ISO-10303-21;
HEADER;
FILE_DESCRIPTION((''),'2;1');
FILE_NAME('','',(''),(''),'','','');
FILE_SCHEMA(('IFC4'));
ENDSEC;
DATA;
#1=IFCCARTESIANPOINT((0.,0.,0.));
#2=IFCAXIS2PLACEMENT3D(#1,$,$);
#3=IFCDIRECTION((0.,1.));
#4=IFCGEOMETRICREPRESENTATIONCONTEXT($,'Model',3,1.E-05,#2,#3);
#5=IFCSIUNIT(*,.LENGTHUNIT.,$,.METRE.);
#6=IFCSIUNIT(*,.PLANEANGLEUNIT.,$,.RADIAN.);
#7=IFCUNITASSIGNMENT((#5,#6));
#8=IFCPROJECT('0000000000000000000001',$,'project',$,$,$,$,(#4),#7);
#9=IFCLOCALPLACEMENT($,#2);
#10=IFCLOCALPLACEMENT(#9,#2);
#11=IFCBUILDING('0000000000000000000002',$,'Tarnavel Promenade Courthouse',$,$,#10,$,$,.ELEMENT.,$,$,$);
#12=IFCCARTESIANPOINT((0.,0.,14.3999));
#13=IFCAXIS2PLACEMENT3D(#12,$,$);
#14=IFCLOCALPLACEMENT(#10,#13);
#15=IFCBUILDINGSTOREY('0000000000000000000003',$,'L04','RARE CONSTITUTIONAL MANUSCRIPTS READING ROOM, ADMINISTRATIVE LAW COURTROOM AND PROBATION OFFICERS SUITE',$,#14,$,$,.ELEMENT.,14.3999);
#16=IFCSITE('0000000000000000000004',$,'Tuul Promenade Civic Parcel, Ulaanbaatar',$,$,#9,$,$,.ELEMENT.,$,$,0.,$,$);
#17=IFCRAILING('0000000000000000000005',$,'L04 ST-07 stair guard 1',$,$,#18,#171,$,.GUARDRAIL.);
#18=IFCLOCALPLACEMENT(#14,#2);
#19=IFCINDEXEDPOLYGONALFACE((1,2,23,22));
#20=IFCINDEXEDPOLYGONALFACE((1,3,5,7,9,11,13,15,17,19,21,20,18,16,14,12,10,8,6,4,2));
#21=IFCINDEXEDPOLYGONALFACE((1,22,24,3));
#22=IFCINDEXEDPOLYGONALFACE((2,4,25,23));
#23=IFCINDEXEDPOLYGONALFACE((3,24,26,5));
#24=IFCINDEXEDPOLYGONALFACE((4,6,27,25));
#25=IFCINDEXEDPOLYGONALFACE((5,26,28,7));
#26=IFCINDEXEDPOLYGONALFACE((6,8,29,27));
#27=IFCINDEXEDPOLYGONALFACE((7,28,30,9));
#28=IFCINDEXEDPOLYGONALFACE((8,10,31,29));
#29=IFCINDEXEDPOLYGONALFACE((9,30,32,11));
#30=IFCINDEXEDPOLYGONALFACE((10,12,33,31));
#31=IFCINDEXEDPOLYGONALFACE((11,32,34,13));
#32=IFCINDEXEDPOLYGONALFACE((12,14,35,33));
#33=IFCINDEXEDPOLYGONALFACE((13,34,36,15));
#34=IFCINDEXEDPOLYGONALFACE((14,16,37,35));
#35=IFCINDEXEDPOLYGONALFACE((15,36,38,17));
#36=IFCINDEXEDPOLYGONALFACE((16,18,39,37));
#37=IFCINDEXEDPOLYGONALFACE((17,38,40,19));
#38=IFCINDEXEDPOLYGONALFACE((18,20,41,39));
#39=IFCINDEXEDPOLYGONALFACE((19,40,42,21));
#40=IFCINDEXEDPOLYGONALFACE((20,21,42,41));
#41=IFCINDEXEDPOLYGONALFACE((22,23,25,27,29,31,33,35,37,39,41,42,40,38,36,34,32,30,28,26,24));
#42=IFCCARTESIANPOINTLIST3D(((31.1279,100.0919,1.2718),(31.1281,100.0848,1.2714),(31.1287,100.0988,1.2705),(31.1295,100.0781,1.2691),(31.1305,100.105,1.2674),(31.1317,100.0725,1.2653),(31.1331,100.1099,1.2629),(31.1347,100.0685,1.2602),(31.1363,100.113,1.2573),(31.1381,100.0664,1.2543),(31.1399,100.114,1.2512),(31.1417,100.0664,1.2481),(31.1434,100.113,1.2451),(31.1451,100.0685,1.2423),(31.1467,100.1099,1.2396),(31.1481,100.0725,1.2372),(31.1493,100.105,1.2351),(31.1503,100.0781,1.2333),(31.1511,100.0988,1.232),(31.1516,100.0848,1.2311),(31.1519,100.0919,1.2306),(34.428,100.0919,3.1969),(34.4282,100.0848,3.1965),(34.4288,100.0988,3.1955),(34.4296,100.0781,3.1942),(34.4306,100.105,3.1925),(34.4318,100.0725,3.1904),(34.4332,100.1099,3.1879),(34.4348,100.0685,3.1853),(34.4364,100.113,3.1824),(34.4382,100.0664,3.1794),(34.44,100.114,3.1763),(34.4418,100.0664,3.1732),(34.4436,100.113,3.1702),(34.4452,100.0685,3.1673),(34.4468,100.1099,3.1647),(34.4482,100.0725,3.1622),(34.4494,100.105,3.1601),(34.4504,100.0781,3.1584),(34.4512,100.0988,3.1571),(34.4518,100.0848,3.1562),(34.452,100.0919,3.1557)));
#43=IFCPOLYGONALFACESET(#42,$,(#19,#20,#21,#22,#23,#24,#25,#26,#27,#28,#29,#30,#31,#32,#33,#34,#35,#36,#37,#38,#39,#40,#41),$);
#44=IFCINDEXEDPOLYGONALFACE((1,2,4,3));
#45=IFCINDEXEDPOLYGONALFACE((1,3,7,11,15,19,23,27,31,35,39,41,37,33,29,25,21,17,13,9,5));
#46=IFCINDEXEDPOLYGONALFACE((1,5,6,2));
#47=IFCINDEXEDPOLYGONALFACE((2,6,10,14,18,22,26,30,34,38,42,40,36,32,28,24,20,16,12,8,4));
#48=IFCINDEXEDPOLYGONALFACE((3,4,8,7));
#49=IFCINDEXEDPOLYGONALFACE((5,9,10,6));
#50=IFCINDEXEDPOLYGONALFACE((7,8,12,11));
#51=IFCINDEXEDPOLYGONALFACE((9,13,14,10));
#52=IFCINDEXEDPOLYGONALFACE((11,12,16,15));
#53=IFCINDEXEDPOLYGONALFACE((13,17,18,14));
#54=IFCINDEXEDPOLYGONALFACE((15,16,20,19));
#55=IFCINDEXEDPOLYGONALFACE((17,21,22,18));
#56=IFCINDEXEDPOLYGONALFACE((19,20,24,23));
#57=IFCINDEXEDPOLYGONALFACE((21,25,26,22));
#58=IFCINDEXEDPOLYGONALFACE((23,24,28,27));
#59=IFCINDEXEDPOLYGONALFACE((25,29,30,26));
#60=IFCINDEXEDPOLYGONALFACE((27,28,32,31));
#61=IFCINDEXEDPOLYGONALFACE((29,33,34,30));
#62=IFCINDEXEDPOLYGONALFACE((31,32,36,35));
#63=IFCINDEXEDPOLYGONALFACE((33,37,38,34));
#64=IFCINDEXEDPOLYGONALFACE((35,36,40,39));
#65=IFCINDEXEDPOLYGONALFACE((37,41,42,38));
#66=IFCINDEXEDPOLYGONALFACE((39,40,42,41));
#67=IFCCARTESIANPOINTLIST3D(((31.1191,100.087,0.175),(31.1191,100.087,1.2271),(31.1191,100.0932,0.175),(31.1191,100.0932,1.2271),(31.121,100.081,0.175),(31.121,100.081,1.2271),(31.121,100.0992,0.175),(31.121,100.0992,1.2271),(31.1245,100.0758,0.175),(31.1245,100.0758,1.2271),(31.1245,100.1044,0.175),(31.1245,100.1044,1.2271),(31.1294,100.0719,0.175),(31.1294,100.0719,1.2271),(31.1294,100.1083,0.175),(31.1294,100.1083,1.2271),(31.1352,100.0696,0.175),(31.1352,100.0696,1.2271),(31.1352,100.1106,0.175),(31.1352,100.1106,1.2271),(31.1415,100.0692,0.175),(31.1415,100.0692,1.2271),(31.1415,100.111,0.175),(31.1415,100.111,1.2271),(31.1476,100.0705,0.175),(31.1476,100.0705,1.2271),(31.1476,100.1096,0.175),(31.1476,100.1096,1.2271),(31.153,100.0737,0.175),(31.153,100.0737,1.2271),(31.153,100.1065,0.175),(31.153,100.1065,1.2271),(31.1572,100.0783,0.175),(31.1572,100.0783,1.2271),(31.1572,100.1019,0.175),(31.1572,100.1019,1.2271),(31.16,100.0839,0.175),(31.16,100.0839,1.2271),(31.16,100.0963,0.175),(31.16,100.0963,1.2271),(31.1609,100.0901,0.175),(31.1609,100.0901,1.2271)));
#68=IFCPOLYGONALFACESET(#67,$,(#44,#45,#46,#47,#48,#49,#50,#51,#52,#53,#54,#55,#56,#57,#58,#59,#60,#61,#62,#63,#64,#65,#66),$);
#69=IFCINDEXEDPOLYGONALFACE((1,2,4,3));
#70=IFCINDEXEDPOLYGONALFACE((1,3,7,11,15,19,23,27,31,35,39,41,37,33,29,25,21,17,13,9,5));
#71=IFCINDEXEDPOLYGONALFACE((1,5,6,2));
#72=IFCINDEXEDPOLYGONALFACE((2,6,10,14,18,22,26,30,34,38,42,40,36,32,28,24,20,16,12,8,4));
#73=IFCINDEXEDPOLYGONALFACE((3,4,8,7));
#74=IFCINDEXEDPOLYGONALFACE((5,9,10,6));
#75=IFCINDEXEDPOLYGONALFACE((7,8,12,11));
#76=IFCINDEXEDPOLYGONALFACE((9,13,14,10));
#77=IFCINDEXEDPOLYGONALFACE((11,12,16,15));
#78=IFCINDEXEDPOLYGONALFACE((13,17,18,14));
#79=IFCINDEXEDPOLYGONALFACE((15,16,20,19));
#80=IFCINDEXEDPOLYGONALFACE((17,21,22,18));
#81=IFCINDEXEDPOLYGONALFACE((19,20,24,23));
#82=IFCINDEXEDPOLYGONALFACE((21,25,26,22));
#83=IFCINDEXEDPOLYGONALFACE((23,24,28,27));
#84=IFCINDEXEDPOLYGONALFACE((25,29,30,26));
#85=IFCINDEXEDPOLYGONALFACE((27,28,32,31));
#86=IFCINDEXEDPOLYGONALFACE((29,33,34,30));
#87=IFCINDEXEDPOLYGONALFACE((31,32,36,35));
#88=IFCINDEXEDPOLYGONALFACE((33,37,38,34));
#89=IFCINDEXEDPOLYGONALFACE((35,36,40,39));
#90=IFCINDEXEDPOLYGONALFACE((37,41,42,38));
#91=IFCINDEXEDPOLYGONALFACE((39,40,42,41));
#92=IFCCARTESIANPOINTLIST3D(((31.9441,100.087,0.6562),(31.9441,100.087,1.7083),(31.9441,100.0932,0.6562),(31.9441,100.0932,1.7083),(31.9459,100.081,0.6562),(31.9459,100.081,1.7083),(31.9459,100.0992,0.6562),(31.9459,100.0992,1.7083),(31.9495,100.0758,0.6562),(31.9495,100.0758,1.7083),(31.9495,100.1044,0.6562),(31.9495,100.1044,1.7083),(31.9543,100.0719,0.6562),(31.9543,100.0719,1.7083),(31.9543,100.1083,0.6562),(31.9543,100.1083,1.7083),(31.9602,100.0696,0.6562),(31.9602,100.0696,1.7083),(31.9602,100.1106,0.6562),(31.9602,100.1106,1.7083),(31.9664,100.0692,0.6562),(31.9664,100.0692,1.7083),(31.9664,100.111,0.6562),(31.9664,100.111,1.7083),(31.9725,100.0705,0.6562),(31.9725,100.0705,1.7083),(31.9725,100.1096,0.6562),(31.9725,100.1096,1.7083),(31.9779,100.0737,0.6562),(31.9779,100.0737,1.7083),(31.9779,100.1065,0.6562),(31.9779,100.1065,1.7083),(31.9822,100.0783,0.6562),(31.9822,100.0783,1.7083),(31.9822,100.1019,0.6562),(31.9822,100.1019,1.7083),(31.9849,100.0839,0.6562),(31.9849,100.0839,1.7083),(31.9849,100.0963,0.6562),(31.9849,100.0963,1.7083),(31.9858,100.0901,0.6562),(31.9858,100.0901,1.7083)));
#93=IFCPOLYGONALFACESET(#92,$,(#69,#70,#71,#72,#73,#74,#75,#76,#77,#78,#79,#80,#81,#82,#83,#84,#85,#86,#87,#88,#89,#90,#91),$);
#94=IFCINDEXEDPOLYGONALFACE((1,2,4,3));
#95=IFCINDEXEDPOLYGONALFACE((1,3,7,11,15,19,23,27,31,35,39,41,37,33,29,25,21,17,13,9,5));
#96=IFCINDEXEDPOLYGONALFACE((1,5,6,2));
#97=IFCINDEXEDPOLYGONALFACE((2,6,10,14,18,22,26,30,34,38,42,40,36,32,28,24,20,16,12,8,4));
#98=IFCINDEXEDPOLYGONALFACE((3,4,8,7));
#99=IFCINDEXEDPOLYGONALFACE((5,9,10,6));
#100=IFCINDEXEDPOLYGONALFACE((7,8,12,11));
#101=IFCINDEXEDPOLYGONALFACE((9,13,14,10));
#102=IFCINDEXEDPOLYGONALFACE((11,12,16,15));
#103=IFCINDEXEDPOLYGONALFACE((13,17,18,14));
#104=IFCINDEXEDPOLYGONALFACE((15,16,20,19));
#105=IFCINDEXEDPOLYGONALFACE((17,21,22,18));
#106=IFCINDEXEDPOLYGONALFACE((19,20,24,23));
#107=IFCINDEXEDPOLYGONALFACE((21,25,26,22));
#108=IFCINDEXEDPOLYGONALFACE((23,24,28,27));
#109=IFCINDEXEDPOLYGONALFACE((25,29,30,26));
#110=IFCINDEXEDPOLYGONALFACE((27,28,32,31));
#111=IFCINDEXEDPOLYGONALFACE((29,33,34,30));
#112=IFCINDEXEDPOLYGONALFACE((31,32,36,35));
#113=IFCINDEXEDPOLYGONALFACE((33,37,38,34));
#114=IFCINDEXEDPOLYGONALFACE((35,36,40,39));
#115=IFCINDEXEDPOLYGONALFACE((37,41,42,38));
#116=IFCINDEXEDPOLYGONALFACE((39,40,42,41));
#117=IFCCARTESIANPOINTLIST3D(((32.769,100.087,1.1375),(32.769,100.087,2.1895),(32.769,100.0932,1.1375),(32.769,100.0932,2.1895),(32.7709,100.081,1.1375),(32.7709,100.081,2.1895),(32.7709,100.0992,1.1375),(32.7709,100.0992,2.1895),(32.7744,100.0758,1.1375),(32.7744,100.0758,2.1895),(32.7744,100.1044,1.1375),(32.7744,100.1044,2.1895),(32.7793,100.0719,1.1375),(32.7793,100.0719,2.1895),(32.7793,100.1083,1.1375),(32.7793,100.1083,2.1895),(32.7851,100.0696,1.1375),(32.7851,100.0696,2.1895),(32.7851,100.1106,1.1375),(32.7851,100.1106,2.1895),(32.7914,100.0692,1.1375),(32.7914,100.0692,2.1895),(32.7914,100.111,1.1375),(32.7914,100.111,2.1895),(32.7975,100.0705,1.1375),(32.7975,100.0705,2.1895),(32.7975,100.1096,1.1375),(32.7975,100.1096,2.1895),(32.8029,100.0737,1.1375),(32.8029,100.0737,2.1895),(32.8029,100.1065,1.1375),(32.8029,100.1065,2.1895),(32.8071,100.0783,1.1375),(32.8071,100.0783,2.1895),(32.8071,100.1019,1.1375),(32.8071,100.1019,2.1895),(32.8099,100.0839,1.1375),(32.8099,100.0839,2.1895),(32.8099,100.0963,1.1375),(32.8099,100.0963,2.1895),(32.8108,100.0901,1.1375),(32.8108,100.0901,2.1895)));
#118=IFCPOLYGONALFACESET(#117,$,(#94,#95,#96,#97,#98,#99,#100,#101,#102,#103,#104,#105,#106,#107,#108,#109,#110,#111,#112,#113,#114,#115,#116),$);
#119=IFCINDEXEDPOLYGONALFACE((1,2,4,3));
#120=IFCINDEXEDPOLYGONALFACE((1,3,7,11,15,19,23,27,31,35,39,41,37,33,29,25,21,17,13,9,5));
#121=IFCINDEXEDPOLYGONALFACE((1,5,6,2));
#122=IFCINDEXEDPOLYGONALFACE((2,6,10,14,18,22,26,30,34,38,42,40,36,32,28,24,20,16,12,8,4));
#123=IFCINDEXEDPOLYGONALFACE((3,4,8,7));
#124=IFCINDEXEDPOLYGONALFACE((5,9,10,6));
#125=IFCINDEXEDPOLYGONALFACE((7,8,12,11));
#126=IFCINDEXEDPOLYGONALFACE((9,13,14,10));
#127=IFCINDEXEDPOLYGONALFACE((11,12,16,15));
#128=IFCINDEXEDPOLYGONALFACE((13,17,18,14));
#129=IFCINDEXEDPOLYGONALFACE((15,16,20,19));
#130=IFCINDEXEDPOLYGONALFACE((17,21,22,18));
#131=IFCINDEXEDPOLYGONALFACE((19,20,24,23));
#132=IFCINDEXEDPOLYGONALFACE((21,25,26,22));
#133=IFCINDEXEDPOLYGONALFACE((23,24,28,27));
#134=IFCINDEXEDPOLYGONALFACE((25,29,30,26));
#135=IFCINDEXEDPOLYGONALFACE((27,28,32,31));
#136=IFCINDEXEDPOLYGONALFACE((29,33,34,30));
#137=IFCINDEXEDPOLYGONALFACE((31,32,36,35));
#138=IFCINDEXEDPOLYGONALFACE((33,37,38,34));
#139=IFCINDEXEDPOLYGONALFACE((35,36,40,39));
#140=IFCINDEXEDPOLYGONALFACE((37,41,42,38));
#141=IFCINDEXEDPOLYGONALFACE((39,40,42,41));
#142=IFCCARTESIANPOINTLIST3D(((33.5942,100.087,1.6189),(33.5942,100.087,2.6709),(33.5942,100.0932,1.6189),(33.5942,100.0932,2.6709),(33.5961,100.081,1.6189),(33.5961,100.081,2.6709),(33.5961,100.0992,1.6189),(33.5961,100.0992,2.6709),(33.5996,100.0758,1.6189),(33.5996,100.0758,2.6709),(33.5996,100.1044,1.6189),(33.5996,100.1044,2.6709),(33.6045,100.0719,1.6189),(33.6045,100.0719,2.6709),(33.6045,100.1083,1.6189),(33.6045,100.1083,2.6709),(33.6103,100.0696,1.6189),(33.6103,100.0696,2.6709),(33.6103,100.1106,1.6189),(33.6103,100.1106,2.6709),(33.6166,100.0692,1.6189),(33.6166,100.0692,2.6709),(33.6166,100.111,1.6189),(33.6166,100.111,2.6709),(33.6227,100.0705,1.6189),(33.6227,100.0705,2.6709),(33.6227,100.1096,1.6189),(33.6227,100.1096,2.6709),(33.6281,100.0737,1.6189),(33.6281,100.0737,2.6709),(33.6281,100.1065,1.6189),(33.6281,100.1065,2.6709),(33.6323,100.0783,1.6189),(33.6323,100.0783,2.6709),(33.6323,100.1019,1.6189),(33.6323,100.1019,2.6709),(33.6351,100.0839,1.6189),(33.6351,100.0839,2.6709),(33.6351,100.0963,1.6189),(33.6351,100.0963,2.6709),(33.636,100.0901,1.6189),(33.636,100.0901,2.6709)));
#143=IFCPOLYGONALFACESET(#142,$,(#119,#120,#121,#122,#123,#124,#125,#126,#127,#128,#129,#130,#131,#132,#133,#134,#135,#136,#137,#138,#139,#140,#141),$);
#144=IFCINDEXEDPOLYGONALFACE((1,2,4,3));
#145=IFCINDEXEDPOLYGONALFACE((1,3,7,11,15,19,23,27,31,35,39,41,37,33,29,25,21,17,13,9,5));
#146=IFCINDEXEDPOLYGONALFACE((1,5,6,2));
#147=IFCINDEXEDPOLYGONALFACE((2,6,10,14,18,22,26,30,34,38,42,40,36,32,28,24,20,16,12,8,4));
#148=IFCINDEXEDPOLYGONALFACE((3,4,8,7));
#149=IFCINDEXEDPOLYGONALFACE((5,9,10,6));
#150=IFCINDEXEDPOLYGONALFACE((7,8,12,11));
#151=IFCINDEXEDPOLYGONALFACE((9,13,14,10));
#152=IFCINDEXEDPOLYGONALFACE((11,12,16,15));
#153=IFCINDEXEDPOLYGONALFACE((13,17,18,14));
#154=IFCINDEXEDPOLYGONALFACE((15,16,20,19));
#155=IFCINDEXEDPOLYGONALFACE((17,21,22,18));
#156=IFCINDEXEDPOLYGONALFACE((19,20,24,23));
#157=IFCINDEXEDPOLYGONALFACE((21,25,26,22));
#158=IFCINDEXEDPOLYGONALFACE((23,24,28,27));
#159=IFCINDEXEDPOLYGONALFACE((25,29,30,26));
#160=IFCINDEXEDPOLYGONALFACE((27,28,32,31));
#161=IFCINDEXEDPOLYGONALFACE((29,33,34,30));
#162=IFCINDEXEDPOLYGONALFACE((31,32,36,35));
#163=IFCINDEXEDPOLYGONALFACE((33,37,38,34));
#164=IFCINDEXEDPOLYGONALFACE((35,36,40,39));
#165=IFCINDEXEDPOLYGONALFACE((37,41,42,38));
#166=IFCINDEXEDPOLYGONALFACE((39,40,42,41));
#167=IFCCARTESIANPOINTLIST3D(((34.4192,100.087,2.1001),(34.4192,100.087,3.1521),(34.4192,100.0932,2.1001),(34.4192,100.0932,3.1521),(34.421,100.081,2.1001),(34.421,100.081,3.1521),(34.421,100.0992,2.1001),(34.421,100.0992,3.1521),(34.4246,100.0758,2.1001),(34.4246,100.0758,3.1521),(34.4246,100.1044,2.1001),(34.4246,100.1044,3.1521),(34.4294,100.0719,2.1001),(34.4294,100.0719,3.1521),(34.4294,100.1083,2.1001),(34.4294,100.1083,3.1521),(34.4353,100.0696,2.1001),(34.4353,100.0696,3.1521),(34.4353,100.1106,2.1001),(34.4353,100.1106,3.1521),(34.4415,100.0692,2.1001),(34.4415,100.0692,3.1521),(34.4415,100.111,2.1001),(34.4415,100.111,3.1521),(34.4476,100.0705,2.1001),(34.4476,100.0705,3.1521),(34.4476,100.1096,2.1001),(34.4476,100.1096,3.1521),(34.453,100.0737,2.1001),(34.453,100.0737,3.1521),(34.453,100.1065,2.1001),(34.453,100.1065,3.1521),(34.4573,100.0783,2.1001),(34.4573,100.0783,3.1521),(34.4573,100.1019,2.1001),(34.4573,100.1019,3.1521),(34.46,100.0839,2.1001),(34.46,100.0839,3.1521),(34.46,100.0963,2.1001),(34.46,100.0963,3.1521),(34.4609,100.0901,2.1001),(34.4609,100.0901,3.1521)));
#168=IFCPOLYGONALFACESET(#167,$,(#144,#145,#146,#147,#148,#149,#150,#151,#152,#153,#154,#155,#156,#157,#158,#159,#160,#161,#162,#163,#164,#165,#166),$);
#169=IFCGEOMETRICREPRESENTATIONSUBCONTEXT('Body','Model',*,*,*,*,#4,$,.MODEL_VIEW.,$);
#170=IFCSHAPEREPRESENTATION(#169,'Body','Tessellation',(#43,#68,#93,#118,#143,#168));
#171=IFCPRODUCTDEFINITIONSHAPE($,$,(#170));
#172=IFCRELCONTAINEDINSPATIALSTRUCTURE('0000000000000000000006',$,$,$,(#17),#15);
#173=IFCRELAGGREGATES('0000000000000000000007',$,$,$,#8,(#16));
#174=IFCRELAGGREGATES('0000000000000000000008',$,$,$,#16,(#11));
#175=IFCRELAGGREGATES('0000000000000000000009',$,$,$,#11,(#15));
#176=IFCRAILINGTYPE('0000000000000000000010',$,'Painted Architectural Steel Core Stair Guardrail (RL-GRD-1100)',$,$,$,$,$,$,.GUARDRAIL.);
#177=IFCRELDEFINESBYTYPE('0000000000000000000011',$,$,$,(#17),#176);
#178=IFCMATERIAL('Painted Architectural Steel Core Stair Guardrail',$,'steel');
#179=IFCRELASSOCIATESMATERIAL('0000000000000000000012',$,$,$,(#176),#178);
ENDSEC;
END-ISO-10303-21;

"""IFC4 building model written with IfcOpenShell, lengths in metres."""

from ifc_helpers import new_model, si_unit, direction, frame, origin, origin_2d, place, context, subcontext, project, spatial, circle, extrude, material, type_object, element, save


model = new_model("IFC4")

# Units and contexts
model_context = context("Model", 3, precision=1e-05, world=origin(), true_north=direction((0.0, 1.0)))
body_context = subcontext(model_context, "Body", "Model", "MODEL_VIEW")
ifc_project = project(units=[si_unit("LENGTHUNIT", "METRE"), si_unit("PLANEANGLEUNIT", "RADIAN")], contexts=[model_context])

# Site, building, storey
site_placement = place(None, origin())
site = spatial("IfcSite", under=ifc_project, at=site_placement, Name="Tuul Promenade Civic Parcel, Ulaanbaatar", CompositionType="ELEMENT", RefElevation=0.0)
building_placement = place(site_placement, origin())
building = spatial("IfcBuilding", under=site, at=building_placement, Name="Tarnavel Promenade Courthouse", CompositionType="ELEMENT")
storey_placement = place(building_placement, frame((0.0, 0.0, 14.3999)))
storey = spatial("IfcBuildingStorey", under=building, at=storey_placement, Name="L04", Description="RARE CONSTITUTIONAL MANUSCRIPTS READING ROOM, ADMINISTRATIVE LAW COURTROOM AND PROBATION OFFICERS SUITE", CompositionType="ELEMENT", Elevation=14.3999)

# Railing
ifc_material_1 = material(Name="Painted Architectural Steel Core Stair Guardrail", Category="steel")
railing_type_1 = type_object("IfcRailingType", Name="Painted Architectural Steel Core Stair Guardrail (RL-GRD-1100)", PredefinedType="GUARDRAIL", material=ifc_material_1)
railing_1_placement = place(storey_placement, frame((31.1399, 100.0901, 0.175)))
element("IfcRailing", 1, at=railing_1_placement, inside=storey, type_object=railing_type_1, Name="L04 ST-07 stair guard 1", PredefinedType="GUARDRAIL", context=body_context, shape_type="SweptSolid", body=[
    extrude(circle(Radius=0.0239, at=origin_2d()), frame((0.0, 0.0, 1.0762), z_axis=(0.863777, 0.0, 0.503875), x_axis=(0.0, 1.0, 0.0)), (0.0, 0.0, 1.0), 3.8206),
    extrude(circle(Radius=0.021, at=origin_2d()), origin(), (0.0, 0.0, 1.0), 1.052),
    extrude(circle(Radius=0.021, at=origin_2d()), frame((0.825, 0.0, 0.4812)), (0.0, 0.0, 1.0), 1.052),
    extrude(circle(Radius=0.021, at=origin_2d()), frame((1.6499, 0.0, 0.9624)), (0.0, 0.0, 1.0), 1.052),
    extrude(circle(Radius=0.021, at=origin_2d()), frame((2.4751, 0.0, 1.4438)), (0.0, 0.0, 1.0), 1.052),
    extrude(circle(Radius=0.021, at=origin_2d()), frame((3.3, 0.0, 1.925)), (0.0, 0.0, 1.0), 1.052),
])

save(model, "model.ifc")
